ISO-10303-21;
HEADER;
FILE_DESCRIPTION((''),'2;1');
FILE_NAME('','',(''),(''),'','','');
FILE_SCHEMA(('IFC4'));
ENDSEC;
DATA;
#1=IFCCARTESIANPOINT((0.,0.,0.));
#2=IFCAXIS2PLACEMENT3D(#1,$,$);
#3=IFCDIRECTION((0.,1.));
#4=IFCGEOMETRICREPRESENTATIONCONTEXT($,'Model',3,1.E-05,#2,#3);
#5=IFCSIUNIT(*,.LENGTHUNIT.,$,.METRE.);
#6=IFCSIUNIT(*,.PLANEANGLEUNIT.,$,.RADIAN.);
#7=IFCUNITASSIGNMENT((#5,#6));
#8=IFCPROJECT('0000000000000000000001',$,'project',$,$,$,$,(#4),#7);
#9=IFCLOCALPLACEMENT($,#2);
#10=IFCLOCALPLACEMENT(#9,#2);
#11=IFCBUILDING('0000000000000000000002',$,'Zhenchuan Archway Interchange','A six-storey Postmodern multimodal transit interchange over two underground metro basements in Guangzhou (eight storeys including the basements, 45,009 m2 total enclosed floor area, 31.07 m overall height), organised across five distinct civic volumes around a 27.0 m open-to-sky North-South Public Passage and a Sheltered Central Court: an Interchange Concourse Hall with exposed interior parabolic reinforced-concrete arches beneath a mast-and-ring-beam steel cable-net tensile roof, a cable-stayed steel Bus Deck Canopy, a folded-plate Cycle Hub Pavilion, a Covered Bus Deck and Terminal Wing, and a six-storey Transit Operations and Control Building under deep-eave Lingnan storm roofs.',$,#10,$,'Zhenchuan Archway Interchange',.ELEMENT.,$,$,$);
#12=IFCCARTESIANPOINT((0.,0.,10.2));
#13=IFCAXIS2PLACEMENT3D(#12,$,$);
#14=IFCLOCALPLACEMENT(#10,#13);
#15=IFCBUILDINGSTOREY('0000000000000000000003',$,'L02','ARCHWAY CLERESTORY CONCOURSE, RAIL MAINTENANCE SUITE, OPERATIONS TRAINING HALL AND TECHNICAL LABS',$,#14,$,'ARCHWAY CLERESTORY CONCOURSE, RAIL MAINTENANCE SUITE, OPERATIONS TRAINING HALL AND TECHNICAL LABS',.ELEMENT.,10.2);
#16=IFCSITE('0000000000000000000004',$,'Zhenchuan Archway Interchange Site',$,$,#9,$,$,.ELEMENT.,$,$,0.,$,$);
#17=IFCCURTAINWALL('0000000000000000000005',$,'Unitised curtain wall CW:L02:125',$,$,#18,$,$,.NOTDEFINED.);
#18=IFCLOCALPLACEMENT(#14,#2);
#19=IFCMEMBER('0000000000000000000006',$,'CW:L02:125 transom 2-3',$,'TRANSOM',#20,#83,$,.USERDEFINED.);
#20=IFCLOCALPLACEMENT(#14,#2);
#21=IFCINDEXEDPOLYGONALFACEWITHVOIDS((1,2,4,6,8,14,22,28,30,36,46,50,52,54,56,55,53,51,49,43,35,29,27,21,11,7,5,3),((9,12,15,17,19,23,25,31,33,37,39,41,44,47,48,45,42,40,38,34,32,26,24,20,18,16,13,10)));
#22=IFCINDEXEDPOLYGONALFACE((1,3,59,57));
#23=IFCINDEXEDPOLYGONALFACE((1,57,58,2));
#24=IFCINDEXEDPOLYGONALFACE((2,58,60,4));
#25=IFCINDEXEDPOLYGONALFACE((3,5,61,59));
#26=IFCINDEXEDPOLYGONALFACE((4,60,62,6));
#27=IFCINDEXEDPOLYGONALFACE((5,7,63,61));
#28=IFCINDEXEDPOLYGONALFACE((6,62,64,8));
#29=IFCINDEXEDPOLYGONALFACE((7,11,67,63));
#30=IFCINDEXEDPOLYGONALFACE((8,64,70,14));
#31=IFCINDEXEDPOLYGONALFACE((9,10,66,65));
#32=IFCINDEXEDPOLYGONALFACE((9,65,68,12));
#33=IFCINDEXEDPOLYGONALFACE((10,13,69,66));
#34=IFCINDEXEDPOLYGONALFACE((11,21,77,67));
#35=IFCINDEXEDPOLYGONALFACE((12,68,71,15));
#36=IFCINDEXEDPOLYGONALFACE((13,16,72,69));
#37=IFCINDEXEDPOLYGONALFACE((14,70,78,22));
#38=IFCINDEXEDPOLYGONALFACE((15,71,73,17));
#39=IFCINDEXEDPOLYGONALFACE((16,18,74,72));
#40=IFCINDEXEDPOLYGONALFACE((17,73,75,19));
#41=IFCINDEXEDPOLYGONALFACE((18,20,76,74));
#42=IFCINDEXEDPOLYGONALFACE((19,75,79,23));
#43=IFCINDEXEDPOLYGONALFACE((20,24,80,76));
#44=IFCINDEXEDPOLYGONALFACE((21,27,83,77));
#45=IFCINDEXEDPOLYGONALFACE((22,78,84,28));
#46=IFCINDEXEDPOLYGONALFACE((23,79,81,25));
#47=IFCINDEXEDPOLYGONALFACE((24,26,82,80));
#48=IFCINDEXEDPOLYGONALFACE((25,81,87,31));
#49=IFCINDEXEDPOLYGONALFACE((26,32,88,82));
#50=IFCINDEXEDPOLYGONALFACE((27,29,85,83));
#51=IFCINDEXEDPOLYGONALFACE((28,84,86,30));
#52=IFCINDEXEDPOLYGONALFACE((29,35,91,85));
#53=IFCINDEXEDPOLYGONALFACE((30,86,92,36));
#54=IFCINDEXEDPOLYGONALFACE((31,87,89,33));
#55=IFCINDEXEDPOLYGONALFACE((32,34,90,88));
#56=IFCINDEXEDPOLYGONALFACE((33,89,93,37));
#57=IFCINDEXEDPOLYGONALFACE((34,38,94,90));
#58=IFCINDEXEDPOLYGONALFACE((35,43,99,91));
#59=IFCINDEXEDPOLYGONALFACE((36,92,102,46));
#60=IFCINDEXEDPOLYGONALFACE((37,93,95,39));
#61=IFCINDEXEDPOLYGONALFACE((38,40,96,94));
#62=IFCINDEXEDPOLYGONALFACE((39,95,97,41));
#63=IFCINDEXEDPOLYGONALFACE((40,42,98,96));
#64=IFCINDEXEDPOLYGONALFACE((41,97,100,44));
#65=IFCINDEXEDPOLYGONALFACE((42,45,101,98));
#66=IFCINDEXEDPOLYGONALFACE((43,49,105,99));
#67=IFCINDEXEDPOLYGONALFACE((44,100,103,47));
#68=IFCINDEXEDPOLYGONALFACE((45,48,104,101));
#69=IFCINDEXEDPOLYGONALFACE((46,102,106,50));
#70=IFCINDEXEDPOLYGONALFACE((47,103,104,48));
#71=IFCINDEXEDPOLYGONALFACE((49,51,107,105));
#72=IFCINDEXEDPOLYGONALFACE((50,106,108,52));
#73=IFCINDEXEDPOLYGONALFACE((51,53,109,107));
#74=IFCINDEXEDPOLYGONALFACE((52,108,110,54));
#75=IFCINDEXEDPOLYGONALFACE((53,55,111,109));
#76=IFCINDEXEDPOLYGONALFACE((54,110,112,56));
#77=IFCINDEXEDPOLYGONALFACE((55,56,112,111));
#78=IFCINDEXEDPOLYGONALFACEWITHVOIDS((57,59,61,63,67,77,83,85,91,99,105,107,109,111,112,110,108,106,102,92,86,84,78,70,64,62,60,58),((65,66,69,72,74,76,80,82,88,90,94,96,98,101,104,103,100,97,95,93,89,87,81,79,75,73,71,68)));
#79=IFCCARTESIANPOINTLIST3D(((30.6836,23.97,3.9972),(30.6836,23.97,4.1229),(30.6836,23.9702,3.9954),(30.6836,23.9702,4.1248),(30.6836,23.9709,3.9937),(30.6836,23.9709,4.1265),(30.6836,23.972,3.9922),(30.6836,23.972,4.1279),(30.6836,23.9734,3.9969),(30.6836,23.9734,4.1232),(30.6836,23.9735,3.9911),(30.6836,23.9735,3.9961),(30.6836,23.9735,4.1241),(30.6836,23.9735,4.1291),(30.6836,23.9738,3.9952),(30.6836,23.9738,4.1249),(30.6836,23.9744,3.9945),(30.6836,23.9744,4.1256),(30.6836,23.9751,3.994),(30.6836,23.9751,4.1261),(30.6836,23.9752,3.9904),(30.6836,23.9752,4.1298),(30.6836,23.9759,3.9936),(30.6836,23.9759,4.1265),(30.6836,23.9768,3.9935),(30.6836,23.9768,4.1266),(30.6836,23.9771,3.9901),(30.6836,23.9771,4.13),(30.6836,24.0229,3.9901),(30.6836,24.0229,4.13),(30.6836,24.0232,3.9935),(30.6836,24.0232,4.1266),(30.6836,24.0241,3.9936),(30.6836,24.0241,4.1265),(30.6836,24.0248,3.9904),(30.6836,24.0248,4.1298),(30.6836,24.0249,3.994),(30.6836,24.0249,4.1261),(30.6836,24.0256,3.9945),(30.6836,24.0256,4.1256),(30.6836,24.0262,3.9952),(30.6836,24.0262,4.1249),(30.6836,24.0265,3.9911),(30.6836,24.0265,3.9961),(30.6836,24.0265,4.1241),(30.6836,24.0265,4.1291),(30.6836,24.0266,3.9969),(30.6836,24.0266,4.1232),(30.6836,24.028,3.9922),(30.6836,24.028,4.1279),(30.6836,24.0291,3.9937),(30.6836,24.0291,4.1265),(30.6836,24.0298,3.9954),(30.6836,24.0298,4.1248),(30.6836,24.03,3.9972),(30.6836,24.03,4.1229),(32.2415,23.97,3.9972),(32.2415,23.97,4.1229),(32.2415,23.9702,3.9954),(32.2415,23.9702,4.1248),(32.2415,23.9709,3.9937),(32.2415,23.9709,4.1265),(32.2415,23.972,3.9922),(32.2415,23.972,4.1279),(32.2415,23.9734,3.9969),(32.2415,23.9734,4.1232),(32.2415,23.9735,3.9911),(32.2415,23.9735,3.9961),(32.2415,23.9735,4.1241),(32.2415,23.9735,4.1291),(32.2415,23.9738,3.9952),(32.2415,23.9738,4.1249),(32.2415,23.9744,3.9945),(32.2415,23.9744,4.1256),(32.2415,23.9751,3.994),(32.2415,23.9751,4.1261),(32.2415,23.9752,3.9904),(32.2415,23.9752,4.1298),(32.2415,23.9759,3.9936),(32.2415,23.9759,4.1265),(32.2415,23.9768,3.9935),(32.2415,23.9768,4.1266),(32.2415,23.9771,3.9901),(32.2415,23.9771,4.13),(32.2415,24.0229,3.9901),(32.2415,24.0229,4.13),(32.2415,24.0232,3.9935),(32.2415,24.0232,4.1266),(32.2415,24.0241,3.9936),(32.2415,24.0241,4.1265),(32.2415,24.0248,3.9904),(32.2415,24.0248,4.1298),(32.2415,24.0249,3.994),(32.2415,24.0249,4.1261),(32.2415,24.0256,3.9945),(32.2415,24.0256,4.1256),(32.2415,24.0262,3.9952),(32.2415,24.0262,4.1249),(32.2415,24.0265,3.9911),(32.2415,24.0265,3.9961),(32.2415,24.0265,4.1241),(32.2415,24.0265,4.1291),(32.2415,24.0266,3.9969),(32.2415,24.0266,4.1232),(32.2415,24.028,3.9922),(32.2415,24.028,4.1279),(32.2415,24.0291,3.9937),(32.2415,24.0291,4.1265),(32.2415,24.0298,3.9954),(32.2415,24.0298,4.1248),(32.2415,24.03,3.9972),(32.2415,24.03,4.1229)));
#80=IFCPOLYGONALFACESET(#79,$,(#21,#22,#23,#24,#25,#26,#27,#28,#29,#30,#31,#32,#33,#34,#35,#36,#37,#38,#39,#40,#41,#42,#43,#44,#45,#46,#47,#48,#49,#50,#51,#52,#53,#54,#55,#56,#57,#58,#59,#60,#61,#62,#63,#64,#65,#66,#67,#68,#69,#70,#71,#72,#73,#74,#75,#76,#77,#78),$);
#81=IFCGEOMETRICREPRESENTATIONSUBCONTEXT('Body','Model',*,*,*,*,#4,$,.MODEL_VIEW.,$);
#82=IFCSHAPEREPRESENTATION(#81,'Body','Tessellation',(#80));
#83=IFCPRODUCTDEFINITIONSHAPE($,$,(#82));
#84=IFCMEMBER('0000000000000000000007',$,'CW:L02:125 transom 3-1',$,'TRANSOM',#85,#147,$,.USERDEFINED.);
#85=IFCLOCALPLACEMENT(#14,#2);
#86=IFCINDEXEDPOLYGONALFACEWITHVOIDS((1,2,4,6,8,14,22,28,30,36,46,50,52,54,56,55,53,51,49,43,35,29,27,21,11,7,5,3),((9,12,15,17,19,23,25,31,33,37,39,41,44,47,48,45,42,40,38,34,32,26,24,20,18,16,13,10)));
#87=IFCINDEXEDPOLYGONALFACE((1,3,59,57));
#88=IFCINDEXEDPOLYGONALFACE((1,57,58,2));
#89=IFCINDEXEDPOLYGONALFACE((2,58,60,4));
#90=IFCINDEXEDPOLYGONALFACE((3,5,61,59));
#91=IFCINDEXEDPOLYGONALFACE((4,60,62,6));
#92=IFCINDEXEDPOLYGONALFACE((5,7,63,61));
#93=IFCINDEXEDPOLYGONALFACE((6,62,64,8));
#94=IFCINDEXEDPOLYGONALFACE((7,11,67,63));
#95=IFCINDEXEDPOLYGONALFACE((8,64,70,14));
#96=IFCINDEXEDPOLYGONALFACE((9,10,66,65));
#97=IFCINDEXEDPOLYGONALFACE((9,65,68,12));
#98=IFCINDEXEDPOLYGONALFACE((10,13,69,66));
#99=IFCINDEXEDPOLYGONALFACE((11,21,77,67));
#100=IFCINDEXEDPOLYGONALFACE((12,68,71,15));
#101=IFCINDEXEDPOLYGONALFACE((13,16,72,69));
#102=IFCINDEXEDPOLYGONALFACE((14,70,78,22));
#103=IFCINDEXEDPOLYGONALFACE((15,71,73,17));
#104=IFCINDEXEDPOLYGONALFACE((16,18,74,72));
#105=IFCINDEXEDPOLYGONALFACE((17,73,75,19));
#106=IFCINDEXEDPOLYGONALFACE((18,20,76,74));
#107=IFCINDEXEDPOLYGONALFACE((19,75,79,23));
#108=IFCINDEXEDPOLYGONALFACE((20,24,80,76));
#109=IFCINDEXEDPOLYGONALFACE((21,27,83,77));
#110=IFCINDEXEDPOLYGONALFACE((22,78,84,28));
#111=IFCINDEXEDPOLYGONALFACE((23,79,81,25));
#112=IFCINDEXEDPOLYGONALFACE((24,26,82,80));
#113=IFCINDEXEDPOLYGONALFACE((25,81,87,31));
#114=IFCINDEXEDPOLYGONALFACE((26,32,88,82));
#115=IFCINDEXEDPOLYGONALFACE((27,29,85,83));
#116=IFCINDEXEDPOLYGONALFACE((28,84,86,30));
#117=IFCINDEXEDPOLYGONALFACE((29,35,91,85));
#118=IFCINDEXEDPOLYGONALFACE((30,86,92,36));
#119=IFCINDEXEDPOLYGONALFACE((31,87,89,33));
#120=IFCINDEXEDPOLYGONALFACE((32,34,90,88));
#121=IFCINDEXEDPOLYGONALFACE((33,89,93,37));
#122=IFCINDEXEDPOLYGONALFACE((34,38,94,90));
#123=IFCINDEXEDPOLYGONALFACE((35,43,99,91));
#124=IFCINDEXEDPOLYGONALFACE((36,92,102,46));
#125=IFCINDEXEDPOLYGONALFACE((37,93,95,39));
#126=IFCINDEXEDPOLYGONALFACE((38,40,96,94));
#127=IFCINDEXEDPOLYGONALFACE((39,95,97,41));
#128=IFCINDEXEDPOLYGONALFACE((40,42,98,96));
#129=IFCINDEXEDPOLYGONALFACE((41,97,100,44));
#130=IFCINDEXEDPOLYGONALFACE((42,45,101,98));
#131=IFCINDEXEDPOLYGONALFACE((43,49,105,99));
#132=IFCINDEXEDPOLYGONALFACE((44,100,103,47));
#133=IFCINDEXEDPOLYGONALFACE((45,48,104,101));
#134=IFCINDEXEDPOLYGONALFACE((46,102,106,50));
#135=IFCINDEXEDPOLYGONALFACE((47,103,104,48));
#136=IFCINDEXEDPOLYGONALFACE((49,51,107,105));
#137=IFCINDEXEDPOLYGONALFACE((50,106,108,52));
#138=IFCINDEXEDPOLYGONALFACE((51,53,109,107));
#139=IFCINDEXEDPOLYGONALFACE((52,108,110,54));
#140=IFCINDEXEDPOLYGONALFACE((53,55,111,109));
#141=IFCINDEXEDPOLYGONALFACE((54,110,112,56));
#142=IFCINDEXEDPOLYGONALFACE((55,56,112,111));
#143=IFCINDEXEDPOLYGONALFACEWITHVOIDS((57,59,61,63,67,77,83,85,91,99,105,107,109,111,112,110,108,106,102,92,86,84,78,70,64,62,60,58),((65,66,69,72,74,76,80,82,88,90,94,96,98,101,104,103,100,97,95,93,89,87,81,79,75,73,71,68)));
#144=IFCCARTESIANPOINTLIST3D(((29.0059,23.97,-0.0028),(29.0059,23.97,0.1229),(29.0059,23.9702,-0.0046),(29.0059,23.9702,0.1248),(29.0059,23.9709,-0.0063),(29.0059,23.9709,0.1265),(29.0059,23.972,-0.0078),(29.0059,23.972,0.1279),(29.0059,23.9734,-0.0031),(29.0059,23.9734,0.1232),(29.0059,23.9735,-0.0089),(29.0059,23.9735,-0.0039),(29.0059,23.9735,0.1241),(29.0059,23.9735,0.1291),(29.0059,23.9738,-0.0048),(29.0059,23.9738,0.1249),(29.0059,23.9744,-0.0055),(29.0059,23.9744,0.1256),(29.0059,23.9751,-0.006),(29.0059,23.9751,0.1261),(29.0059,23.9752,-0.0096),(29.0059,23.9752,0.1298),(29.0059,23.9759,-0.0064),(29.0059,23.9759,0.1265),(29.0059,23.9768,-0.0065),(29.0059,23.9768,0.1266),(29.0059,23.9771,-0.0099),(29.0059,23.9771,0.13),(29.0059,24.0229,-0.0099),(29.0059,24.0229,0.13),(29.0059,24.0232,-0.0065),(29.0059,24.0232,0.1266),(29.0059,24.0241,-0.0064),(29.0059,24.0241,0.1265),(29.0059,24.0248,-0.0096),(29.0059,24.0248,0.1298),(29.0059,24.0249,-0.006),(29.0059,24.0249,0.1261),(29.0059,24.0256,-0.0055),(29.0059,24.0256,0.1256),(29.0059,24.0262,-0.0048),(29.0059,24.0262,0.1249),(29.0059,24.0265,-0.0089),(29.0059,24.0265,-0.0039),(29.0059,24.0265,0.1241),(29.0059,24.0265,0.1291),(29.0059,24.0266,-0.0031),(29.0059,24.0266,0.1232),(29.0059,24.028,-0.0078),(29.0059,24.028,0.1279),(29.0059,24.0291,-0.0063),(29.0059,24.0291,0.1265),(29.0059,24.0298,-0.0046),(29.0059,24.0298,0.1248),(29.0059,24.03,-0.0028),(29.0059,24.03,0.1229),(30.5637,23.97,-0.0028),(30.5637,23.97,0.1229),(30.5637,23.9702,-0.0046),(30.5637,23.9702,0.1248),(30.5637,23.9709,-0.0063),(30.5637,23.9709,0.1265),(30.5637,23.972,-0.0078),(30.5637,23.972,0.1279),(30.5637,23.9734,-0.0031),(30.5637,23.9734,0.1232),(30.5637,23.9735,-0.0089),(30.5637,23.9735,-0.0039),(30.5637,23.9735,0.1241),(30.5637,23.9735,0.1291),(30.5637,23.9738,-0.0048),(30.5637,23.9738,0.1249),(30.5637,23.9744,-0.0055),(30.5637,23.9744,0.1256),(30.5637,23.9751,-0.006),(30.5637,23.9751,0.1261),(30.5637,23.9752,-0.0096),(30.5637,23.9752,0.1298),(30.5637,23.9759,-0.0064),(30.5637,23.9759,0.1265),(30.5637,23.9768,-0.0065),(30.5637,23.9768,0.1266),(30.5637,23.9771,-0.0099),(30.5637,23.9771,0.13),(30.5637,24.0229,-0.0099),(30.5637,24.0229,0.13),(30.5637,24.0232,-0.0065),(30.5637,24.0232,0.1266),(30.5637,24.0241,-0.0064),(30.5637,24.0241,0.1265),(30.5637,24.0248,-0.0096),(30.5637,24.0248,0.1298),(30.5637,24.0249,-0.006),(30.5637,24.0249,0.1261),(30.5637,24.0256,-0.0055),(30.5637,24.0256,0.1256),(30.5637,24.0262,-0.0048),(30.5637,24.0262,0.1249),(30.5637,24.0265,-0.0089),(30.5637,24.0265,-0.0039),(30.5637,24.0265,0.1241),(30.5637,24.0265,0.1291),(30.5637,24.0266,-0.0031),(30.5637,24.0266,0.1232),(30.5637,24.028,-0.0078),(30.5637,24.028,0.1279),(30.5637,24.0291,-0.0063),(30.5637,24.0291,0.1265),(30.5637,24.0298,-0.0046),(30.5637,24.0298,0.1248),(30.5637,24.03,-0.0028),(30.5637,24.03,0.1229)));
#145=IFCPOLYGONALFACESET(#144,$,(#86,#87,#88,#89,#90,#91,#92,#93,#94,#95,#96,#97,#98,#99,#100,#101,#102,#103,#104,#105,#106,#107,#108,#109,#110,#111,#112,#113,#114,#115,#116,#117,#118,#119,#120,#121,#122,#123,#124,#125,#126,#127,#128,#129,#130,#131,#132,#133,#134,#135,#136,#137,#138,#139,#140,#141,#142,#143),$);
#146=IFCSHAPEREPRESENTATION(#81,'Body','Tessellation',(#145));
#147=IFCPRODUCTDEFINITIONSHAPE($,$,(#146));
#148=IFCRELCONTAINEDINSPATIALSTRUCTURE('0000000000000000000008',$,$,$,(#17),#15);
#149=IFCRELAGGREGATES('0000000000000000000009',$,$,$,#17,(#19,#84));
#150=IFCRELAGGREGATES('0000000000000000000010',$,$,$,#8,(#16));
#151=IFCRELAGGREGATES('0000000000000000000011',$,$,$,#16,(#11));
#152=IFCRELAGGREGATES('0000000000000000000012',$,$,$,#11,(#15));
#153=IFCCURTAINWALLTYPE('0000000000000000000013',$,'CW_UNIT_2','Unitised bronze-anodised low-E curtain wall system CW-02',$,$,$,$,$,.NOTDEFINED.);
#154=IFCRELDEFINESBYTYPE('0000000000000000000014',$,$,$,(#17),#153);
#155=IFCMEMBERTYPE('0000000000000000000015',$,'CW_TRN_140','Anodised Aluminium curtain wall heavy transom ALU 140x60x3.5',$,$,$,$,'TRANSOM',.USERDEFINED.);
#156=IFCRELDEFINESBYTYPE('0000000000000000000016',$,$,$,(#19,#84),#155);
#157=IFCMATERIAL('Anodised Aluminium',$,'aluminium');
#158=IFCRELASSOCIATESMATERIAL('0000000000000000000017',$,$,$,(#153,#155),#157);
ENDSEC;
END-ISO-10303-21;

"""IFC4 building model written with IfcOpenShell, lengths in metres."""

from ifc_helpers import new_model, si_unit, direction, frame, origin, origin_2d, place, context, subcontext, project, spatial, hollow_rectangle, extrude, material, material_profile, profile_set, type_object, element, aggregate, save


model = new_model("IFC4")

# Units and contexts
model_context = context("Model", 3, precision=1e-05, world=origin(), true_north=direction((0.0, 1.0)))
body_context = subcontext(model_context, "Body", "Model", "MODEL_VIEW")
ifc_project = project(units=[si_unit("LENGTHUNIT", "METRE"), si_unit("PLANEANGLEUNIT", "RADIAN")], contexts=[model_context])

# Site, building, storey
site_placement = place(None, origin())
site = spatial("IfcSite", under=ifc_project, at=site_placement, Name="Zhenchuan Archway Interchange Site", CompositionType="ELEMENT", RefElevation=0.0)
building_placement = place(site_placement, origin())
building = spatial("IfcBuilding", under=site, at=building_placement, Name="Zhenchuan Archway Interchange", Description="A six-storey Postmodern multimodal transit interchange over two underground metro basements in Guangzhou (eight storeys including the basements, 45,009 m2 total enclosed floor area, 31.07 m overall height), organised across five distinct civic volumes around a 27.0 m open-to-sky North-South Public Passage and a Sheltered Central Court: an Interchange Concourse Hall with exposed interior parabolic reinforced-concrete arches beneath a mast-and-ring-beam steel cable-net tensile roof, a cable-stayed steel Bus Deck Canopy, a folded-plate Cycle Hub Pavilion, a Covered Bus Deck and Terminal Wing, and a six-storey Transit Operations and Control Building under deep-eave Lingnan storm roofs.", LongName="Zhenchuan Archway Interchange", CompositionType="ELEMENT")
storey_placement = place(building_placement, frame((0.0, 0.0, 10.2)))
storey = spatial("IfcBuildingStorey", under=building, at=storey_placement, Name="L02", Description="ARCHWAY CLERESTORY CONCOURSE, RAIL MAINTENANCE SUITE, OPERATIONS TRAINING HALL AND TECHNICAL LABS", LongName="ARCHWAY CLERESTORY CONCOURSE, RAIL MAINTENANCE SUITE, OPERATIONS TRAINING HALL AND TECHNICAL LABS", CompositionType="ELEMENT", Elevation=10.2)

# Curtain wall, members
ifc_material_1 = material(Name="Anodised Aluminium", Category="aluminium")
curtain_wall_type = type_object("IfcCurtainWallType", Name="CW_UNIT_2", Description="Unitised bronze-anodised low-E curtain wall system CW-02", PredefinedType="NOTDEFINED", material=ifc_material_1)
curtain_wall_placement = place(storey_placement, origin())
curtain_wall = element("IfcCurtainWall", 1, at=curtain_wall_placement, inside=storey, type_object=curtain_wall_type, Name="Unitised curtain wall CW:L02:125", PredefinedType="NOTDEFINED")
ifc_material_profile_1 = material_profile(ifc_material_1, hollow_rectangle(XDim=0.0601, YDim=0.1399, WallThickness=0.0034, InnerFilletRadius=0.0034, OuterFilletRadius=0.0071, at=origin_2d()), Name="ALU 140x60x3.5")
ifc_profile_set_1 = profile_set([ifc_material_profile_1], Name="Anodised Aluminium")
member_type_1 = type_object("IfcMemberType", Name="CW_TRN_140", Description="Anodised Aluminium curtain wall heavy transom ALU 140x60x3.5", ElementType="TRANSOM", PredefinedType="USERDEFINED", material=ifc_profile_set_1)
member_1_placement = place(storey_placement, frame((32.2415, 24.0, 4.0601), z_axis=(-1.0, 0.0, 0.0), x_axis=(0.0, -1.0, 0.0)))
member_1 = element("IfcMember", 2, at=member_1_placement, type_object=member_type_1, Name="CW:L02:125 transom 2-3", ObjectType="TRANSOM", PredefinedType="USERDEFINED", context=body_context, shape_type="SweptSolid", body=[
    extrude(hollow_rectangle(XDim=0.0601, YDim=0.1399, WallThickness=0.0034, InnerFilletRadius=0.0034, OuterFilletRadius=0.0071, at=origin_2d()), origin(), (0.0, 0.0, 1.0), 1.5579),
])
member_2_placement = place(storey_placement, frame((30.5637, 24.0, 0.0601), z_axis=(-1.0, 0.0, 0.0), x_axis=(0.0, -1.0, 0.0)))
member_2 = element("IfcMember", 3, at=member_2_placement, type_object=member_type_1, Name="CW:L02:125 transom 3-1", ObjectType="TRANSOM", PredefinedType="USERDEFINED", context=body_context, shape_type="SweptSolid", body=[
    extrude(hollow_rectangle(XDim=0.0601, YDim=0.1399, WallThickness=0.0034, InnerFilletRadius=0.0034, OuterFilletRadius=0.0071, at=origin_2d()), origin(), (0.0, 0.0, 1.0), 1.5579),
])

aggregate(curtain_wall, [member_1, member_2])

save(model, "model.ifc")
